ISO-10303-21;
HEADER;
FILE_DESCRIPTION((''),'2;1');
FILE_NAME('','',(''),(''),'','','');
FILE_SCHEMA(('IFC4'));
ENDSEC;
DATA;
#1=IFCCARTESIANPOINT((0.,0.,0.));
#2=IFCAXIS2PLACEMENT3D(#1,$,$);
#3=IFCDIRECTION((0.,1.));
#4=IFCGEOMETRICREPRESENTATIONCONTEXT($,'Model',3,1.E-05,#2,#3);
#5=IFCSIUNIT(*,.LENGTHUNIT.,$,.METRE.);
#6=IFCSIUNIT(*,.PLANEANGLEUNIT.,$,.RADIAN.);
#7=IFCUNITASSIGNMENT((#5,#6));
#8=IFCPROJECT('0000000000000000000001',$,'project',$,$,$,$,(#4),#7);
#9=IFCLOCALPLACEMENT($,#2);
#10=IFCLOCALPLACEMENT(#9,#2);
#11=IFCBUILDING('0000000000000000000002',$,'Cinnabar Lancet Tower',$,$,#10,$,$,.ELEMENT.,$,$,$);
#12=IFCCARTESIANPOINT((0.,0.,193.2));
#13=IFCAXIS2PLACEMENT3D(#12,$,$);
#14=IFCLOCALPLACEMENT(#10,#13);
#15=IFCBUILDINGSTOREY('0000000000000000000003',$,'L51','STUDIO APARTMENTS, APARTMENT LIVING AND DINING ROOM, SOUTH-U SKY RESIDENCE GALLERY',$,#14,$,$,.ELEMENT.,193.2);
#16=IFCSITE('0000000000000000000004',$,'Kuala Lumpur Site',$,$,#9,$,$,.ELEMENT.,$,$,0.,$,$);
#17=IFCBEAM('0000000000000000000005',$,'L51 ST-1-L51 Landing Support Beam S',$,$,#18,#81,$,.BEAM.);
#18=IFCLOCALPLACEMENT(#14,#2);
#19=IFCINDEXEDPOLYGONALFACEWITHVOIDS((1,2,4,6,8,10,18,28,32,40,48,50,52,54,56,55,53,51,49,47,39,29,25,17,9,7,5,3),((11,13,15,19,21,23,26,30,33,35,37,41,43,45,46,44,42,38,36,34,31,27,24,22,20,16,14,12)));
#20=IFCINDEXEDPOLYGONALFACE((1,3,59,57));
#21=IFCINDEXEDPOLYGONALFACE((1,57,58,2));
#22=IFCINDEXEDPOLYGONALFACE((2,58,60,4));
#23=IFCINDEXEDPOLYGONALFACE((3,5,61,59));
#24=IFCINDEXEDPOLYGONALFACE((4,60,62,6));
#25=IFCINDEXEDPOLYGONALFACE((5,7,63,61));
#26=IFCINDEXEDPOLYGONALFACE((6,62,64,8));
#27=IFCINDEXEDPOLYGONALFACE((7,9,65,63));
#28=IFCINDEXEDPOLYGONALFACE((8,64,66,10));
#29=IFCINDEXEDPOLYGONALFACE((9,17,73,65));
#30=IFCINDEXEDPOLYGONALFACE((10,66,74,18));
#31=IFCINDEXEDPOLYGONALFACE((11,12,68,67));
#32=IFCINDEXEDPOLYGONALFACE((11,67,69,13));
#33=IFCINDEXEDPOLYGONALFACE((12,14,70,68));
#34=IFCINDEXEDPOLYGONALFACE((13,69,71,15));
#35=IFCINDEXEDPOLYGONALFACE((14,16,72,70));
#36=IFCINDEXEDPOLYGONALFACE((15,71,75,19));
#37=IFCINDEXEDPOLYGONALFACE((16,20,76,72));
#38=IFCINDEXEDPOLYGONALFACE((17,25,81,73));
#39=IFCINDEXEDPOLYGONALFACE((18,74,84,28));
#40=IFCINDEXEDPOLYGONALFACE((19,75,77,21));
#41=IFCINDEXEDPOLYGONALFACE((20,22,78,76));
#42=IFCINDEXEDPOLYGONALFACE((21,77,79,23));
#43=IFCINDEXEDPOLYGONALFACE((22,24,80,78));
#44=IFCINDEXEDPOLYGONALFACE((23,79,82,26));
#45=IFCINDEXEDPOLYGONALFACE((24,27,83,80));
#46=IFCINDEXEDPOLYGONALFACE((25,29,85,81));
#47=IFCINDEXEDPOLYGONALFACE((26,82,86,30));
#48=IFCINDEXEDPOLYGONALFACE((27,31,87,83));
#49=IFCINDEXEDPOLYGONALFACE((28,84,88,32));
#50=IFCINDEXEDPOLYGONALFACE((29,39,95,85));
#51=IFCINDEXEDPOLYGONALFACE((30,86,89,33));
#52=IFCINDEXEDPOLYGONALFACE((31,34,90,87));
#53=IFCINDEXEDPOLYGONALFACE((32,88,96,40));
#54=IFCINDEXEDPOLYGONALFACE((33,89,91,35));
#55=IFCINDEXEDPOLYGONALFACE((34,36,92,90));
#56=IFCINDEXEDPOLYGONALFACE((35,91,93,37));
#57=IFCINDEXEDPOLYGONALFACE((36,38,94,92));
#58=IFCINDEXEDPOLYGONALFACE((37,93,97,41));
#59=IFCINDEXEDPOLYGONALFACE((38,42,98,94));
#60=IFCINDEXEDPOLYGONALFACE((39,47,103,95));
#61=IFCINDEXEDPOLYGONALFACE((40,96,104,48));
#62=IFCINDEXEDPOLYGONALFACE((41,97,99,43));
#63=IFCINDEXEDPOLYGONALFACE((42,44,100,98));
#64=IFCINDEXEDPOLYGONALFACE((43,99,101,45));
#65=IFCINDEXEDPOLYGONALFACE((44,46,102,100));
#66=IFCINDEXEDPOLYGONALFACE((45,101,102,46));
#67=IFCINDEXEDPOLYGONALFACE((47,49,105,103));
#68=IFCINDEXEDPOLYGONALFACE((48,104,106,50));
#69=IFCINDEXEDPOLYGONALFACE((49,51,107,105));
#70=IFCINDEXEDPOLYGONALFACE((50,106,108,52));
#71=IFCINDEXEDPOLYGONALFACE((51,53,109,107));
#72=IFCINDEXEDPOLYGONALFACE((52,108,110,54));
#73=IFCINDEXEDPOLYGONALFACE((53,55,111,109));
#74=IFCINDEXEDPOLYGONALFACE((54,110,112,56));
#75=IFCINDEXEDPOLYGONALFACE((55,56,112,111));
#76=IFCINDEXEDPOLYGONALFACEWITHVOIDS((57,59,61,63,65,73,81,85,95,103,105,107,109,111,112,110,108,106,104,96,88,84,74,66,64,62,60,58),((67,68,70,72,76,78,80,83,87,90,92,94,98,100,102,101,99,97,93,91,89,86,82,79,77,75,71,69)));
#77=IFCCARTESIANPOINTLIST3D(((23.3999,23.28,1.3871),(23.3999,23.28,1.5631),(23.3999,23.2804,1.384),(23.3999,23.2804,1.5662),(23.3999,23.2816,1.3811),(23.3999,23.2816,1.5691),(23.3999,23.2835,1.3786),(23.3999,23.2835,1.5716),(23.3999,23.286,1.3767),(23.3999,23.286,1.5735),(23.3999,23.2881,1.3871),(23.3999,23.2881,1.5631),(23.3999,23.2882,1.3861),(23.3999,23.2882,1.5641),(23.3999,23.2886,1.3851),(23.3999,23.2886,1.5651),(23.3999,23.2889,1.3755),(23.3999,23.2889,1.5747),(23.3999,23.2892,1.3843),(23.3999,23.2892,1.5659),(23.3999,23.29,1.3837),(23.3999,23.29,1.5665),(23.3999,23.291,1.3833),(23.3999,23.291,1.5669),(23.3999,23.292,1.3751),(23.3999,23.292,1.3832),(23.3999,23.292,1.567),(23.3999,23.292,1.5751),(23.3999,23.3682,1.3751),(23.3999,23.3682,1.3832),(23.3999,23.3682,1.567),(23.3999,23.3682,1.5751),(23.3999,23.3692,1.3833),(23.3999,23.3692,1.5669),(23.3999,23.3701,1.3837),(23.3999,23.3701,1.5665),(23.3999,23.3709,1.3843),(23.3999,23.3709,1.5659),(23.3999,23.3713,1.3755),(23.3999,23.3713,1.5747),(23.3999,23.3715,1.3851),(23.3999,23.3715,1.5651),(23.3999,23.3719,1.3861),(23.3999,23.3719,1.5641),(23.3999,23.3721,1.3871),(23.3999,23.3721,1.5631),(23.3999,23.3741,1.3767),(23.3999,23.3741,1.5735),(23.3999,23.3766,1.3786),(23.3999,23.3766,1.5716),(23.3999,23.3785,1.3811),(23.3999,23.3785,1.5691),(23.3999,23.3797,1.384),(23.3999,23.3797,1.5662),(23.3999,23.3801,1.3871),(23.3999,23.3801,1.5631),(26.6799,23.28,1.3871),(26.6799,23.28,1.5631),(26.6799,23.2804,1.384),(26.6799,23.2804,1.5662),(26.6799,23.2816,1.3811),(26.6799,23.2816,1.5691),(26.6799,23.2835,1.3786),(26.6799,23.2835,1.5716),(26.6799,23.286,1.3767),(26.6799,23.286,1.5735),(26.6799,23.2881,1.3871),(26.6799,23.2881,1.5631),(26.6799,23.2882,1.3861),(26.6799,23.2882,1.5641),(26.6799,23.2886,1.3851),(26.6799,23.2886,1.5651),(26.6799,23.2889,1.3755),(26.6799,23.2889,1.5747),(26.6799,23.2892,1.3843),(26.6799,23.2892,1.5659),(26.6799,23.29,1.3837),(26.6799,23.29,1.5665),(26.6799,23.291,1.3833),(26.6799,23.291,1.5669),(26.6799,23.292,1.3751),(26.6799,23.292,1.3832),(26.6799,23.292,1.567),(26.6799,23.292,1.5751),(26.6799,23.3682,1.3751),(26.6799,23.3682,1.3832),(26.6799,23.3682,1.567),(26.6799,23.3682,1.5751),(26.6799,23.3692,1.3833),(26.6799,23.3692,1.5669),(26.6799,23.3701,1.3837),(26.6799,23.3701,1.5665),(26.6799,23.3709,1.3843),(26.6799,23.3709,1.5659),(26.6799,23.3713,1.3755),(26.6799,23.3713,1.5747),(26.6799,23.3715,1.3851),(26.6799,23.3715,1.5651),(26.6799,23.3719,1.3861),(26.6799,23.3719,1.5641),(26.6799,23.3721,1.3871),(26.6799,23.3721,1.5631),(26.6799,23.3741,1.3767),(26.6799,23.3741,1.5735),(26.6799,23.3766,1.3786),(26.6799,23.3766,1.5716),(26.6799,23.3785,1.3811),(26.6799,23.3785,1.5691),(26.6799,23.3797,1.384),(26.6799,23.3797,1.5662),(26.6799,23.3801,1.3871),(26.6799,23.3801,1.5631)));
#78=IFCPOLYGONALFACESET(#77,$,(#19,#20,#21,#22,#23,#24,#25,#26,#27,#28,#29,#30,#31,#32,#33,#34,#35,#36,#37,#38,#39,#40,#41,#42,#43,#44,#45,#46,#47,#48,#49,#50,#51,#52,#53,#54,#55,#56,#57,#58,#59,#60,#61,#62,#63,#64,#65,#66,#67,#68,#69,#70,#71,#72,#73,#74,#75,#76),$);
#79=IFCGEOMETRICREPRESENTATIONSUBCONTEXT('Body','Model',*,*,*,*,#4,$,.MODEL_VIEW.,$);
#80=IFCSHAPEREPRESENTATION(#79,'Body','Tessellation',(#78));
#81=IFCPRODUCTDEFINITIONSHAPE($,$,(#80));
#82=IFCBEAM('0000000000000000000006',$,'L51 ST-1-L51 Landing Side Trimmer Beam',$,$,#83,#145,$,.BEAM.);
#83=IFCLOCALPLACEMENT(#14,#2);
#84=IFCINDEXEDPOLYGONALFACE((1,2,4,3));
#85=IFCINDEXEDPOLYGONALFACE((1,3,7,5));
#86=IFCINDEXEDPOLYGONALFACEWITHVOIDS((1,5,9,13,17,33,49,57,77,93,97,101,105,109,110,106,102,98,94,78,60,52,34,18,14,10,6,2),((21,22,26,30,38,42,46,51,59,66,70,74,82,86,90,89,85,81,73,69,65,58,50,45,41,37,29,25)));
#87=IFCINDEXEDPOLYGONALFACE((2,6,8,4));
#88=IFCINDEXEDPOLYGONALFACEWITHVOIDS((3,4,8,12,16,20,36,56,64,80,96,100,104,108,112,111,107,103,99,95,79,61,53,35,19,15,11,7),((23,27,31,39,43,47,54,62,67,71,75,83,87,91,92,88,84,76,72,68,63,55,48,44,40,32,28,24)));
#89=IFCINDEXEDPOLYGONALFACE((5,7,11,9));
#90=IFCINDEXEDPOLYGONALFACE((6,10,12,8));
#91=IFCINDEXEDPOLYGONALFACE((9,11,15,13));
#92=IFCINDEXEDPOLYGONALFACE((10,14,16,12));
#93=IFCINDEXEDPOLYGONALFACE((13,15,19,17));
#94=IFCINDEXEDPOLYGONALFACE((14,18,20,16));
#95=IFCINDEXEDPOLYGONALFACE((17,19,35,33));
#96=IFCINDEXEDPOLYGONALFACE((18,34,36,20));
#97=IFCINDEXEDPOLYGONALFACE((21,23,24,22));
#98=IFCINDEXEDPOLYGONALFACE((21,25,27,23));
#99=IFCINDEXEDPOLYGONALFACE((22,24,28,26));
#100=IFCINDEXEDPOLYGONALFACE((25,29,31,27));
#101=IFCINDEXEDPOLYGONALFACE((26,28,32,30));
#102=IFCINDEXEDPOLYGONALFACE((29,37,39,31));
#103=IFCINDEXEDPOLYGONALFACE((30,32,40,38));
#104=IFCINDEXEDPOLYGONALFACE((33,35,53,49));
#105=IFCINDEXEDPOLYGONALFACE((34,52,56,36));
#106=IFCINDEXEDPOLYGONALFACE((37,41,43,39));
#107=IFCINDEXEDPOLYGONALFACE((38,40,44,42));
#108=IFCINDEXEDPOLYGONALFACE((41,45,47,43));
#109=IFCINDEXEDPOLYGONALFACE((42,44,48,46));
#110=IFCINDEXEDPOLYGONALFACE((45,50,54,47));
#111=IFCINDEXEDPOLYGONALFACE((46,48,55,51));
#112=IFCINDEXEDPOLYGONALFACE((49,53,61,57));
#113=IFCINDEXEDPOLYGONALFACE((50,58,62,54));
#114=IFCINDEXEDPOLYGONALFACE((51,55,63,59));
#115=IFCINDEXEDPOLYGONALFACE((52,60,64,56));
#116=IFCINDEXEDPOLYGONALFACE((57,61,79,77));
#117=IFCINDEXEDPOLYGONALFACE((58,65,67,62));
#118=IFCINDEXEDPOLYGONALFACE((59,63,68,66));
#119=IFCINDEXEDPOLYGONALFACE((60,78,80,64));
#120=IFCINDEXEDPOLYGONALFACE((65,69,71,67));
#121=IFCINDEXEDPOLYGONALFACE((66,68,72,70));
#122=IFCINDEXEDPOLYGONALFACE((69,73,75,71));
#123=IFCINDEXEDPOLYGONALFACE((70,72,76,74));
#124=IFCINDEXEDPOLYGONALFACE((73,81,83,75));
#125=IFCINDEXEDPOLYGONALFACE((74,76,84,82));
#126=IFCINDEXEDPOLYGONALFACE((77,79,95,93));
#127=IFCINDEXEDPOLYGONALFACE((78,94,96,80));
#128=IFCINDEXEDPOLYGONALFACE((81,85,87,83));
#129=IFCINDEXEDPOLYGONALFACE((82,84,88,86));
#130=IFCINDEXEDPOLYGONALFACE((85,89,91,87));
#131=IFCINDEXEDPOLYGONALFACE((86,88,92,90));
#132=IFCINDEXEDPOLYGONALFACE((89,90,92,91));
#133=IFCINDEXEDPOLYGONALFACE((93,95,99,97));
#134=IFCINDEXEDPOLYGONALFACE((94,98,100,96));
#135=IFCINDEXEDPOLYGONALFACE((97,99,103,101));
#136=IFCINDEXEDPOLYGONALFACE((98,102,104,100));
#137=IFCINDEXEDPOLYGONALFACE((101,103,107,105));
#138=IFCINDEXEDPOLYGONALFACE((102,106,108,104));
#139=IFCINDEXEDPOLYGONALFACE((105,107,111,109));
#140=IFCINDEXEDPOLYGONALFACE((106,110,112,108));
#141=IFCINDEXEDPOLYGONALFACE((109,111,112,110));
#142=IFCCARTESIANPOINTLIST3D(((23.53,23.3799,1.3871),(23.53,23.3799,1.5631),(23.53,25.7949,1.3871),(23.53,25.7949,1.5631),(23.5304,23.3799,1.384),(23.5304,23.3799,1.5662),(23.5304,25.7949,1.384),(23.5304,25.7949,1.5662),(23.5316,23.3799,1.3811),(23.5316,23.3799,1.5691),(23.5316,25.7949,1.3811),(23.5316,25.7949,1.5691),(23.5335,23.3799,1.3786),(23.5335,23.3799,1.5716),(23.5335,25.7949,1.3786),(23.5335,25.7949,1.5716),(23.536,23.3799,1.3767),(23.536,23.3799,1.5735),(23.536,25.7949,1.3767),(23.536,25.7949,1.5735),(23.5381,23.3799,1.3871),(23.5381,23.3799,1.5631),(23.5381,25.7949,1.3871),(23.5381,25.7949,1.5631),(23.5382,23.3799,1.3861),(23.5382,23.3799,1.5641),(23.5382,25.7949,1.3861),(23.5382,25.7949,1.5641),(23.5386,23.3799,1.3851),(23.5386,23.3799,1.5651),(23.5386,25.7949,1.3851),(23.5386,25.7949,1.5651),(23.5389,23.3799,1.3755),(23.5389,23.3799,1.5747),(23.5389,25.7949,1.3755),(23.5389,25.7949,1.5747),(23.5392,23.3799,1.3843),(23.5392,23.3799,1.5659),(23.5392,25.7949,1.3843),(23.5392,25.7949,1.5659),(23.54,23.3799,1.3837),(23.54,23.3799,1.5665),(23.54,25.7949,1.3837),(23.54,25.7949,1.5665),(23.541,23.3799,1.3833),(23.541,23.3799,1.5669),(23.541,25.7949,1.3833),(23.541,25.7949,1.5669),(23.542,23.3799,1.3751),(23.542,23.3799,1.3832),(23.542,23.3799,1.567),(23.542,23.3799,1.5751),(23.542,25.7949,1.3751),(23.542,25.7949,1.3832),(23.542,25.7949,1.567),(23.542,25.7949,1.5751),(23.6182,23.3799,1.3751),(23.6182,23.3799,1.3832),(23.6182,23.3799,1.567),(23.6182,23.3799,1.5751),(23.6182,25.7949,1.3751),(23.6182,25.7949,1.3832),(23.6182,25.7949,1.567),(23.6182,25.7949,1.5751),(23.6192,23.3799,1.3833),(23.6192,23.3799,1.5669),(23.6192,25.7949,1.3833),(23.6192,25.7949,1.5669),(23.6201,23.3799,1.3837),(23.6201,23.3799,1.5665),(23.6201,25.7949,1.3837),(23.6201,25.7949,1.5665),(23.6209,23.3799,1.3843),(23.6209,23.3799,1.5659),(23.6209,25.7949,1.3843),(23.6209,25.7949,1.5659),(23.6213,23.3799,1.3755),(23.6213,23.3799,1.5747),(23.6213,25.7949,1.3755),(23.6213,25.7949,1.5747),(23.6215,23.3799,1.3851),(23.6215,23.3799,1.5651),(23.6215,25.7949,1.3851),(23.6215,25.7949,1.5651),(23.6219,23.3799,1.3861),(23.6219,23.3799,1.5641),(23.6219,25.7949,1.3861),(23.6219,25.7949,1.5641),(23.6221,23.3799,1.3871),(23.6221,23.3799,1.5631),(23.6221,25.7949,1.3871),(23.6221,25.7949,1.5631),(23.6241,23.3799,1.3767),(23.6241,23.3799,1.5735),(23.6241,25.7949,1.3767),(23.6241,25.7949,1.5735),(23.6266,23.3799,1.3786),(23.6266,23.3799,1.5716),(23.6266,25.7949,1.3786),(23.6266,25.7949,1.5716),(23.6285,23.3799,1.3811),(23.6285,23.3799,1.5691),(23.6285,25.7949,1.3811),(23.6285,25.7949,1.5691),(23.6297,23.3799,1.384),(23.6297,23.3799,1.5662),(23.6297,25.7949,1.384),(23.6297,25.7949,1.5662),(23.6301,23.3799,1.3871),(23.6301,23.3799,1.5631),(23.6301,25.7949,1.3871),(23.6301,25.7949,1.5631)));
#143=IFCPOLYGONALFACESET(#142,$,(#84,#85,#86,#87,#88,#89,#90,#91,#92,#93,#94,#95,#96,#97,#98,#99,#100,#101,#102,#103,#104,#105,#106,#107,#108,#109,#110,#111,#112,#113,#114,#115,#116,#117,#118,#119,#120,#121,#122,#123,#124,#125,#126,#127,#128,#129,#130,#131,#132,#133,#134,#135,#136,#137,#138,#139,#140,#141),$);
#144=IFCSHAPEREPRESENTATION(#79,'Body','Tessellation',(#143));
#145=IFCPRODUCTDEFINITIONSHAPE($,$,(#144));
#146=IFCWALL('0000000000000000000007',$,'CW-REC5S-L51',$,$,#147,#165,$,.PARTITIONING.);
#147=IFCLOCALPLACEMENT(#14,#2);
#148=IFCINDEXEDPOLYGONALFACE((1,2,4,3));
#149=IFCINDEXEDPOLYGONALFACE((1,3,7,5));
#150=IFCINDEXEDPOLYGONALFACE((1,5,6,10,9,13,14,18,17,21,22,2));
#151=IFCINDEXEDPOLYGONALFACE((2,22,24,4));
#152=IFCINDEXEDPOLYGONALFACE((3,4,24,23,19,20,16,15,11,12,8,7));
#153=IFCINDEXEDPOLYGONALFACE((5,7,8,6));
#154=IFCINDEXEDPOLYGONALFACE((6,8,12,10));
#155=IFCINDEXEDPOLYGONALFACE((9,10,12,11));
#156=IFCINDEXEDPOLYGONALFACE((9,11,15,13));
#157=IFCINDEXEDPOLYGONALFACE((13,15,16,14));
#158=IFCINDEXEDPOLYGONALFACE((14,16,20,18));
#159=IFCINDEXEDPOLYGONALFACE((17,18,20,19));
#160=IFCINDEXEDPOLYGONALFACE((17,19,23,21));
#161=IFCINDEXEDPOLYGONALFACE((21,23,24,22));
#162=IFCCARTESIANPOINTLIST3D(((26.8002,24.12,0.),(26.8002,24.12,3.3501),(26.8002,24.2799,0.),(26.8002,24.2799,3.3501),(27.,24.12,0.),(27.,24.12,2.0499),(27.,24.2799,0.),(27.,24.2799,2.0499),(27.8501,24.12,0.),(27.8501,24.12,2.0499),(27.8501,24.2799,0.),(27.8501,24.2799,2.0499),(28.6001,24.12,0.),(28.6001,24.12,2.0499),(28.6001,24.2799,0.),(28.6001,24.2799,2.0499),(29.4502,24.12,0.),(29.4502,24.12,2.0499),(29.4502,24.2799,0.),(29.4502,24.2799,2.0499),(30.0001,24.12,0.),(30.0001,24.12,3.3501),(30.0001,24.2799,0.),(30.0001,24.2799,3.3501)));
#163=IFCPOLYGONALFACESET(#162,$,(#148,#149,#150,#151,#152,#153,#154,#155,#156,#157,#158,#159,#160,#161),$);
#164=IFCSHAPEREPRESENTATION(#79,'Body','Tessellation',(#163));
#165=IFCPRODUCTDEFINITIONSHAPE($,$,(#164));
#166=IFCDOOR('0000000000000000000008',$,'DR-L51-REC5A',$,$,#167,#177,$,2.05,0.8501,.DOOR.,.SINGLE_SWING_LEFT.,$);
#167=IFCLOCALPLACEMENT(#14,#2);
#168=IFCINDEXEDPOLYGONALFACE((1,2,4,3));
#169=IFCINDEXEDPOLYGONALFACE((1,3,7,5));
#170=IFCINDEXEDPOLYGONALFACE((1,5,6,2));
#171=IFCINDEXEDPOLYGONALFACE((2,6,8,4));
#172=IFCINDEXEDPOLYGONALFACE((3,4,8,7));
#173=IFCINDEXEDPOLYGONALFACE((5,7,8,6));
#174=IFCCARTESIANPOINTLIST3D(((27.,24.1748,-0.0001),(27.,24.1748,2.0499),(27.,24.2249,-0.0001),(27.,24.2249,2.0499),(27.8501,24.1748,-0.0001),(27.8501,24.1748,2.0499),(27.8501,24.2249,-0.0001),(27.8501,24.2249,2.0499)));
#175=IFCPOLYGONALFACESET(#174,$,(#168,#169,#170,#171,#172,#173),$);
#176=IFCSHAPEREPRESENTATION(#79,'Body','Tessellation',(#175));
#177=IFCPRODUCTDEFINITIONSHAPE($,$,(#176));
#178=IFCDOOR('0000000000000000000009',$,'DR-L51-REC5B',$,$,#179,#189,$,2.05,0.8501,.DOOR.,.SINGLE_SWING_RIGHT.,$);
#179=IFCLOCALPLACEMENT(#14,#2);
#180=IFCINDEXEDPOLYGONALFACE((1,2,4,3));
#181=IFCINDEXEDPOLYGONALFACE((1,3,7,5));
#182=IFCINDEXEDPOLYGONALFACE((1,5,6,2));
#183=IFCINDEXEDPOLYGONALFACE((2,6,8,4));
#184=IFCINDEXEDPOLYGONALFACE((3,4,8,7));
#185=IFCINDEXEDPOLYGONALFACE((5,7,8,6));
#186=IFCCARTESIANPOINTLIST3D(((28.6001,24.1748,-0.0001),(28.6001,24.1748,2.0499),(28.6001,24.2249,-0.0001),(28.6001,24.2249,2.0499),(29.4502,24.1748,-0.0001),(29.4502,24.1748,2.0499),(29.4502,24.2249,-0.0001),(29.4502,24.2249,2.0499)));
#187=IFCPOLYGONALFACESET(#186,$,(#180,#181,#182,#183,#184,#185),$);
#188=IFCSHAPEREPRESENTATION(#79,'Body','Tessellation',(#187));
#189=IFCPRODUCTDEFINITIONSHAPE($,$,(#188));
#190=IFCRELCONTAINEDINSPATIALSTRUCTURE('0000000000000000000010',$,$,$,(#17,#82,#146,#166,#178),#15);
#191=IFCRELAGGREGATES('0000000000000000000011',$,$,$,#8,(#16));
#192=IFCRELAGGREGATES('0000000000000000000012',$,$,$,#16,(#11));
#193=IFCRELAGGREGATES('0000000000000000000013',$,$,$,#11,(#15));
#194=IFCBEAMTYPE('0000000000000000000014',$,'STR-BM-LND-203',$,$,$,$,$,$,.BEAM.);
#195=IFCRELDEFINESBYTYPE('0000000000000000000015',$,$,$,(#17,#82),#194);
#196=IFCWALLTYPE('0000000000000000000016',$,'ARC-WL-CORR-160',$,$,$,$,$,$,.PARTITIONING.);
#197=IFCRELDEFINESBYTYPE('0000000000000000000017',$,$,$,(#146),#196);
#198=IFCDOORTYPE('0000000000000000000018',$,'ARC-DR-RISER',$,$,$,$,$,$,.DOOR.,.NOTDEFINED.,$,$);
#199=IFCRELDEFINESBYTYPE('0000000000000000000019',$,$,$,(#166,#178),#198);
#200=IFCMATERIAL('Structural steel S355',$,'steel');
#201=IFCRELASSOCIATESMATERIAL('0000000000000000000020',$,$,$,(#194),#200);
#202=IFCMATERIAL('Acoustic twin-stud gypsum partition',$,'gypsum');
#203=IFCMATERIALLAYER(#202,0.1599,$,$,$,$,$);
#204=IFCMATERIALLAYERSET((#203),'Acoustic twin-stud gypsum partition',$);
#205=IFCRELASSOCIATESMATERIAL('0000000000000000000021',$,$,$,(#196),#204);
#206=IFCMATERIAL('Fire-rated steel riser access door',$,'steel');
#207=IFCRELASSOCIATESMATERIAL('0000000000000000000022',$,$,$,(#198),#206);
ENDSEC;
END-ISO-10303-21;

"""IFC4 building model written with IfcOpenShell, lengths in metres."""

from ifc_helpers import new_model, si_unit, direction, frame, frame_2d, origin, origin_2d, place, context, subcontext, project, spatial, rectangle, hollow_rectangle, extrude, material, layer, layer_set, material_profile, profile_set, type_object, element, fill, save


model = new_model("IFC4")

# Units and contexts
model_context = context("Model", 3, precision=1e-05, world=origin(), true_north=direction((0.0, 1.0)))
body_context = subcontext(model_context, "Body", "Model", "MODEL_VIEW")
ifc_project = project(units=[si_unit("LENGTHUNIT", "METRE"), si_unit("PLANEANGLEUNIT", "RADIAN")], contexts=[model_context])

# Site, building, storey
site_placement = place(None, origin())
site = spatial("IfcSite", under=ifc_project, at=site_placement, Name="Kuala Lumpur Site", CompositionType="ELEMENT", RefElevation=0.0)
building_placement = place(site_placement, origin())
building = spatial("IfcBuilding", under=site, at=building_placement, Name="Cinnabar Lancet Tower", CompositionType="ELEMENT")
storey_placement = place(building_placement, frame((0.0, 0.0, 193.2)))
storey = spatial("IfcBuildingStorey", under=building, at=storey_placement, Name="L51", Description="STUDIO APARTMENTS, APARTMENT LIVING AND DINING ROOM, SOUTH-U SKY RESIDENCE GALLERY", CompositionType="ELEMENT", Elevation=193.2)

# Beams
ifc_material_1 = material(Name="Structural steel S355", Category="steel")
ifc_material_profile_1 = material_profile(ifc_material_1, hollow_rectangle(XDim=0.1001, YDim=0.2, WallThickness=0.0081, InnerFilletRadius=0.0039, OuterFilletRadius=0.012, at=origin_2d()), Name="RHS 200x100x8")
ifc_profile_set_1 = profile_set([ifc_material_profile_1], Name="Structural steel S355")
beam_type_1 = type_object("IfcBeamType", Name="STR-BM-LND-203", PredefinedType="BEAM", material=ifc_profile_set_1)
beam_1_placement = place(storey_placement, frame((23.3999, 23.3301, 1.4751), z_axis=(1.0, 0.0, 0.0), x_axis=(0.0, 1.0, 0.0)))
element("IfcBeam", 1, at=beam_1_placement, inside=storey, type_object=beam_type_1, Name="L51 ST-1-L51 Landing Support Beam S", PredefinedType="BEAM", context=body_context, shape_type="SweptSolid", body=[
    extrude(hollow_rectangle(XDim=0.1001, YDim=0.2, WallThickness=0.0081, InnerFilletRadius=0.0039, OuterFilletRadius=0.012, at=origin_2d()), origin(), (0.0, 0.0, 1.0), 3.28),
])
beam_2_placement = place(storey_placement, frame((23.5801, 23.3799, 1.4751), z_axis=(0.0, 1.0, 0.0), x_axis=(-1.0, 0.0, 0.0)))
element("IfcBeam", 2, at=beam_2_placement, inside=storey, type_object=beam_type_1, Name="L51 ST-1-L51 Landing Side Trimmer Beam", PredefinedType="BEAM", context=body_context, shape_type="SweptSolid", body=[
    extrude(hollow_rectangle(XDim=0.1001, YDim=0.2, WallThickness=0.0081, InnerFilletRadius=0.0039, OuterFilletRadius=0.012, at=origin_2d()), origin(), (0.0, 0.0, 1.0), 2.415),
])

# Wall, openings, doors
ifc_material_2 = material(Name="Acoustic twin-stud gypsum partition", Category="gypsum")
ifc_layer_1 = layer(ifc_material_2, 0.1599)
ifc_layer_set_1 = layer_set([ifc_layer_1], Name="Acoustic twin-stud gypsum partition")
wall_type_1 = type_object("IfcWallType", Name="ARC-WL-CORR-160", PredefinedType="PARTITIONING", material=ifc_layer_set_1)
wall_1_placement = place(storey_placement, frame((26.8, 24.2, 0.0), z_axis=(0.0, 0.0, 1.0), x_axis=(1.0, 0.0, 0.0)))
wall_1 = element("IfcWall", 3, at=wall_1_placement, inside=storey, type_object=wall_type_1, Name="CW-REC5S-L51", PredefinedType="PARTITIONING", context=body_context, shape_type="SweptSolid", body=[
    extrude(rectangle(XDim=3.2, YDim=0.1599, at=frame_2d((1.6001, 0.0))), origin(), (0.0, 0.0, 1.0), 3.3501),
])
opening_1_placement = place(wall_1_placement, frame((0.2, 0.0, 0.0)))
opening_1 = element("IfcOpeningElement", 4, at=opening_1_placement, cuts=wall_1, PredefinedType="OPENING", context=body_context, shape_type="SweptSolid", body=[
    extrude(rectangle(XDim=0.8501, YDim=2.05, at=frame_2d((0.425, 1.0249))), frame((0.0, 0.0898, 0.0), z_axis=(0.0, -1.0, 0.0), x_axis=(1.0, 0.0, 0.0)), (0.0, 0.0, 1.0), 0.1799),
])
opening_2_placement = place(wall_1_placement, frame((1.8, 0.0, 0.0)))
opening_2 = element("IfcOpeningElement", 5, at=opening_2_placement, cuts=wall_1, PredefinedType="OPENING", context=body_context, shape_type="SweptSolid", body=[
    extrude(rectangle(XDim=0.8501, YDim=2.05, at=frame_2d((0.425, 1.0249))), frame((0.0, 0.0898, 0.0), z_axis=(0.0, -1.0, 0.0), x_axis=(1.0, 0.0, 0.0)), (0.0, 0.0, 1.0), 0.1799),
])
ifc_material_3 = material(Name="Fire-rated steel riser access door", Category="steel")
door_type_1 = type_object("IfcDoorType", Name="ARC-DR-RISER", OperationType="NOTDEFINED", PredefinedType="DOOR", material=ifc_material_3)
door_1_placement = place(opening_1_placement, origin())
door_1 = element("IfcDoor", 6, at=door_1_placement, inside=storey, type_object=door_type_1, Name="DR-L51-REC5A", OperationType="SINGLE_SWING_LEFT", OverallHeight=2.05, OverallWidth=0.8501, PredefinedType="DOOR", context=body_context, shape_type="SweptSolid", body=[
    extrude(rectangle(XDim=0.8501, YDim=2.05, at=frame_2d((0.425, 1.0249))), frame((0.0, 0.0249, 0.0), z_axis=(0.0, -1.0, 0.0), x_axis=(1.0, 0.0, 0.0)), (0.0, 0.0, 1.0), 0.05),
])
fill(opening_1, door_1)
door_2_placement = place(opening_2_placement, origin())
door_2 = element("IfcDoor", 7, at=door_2_placement, inside=storey, type_object=door_type_1, Name="DR-L51-REC5B", OperationType="SINGLE_SWING_RIGHT", OverallHeight=2.05, OverallWidth=0.8501, PredefinedType="DOOR", context=body_context, shape_type="SweptSolid", body=[
    extrude(rectangle(XDim=0.8501, YDim=2.05, at=frame_2d((0.425, 1.0249))), frame((0.0, 0.0249, 0.0), z_axis=(0.0, -1.0, 0.0), x_axis=(1.0, 0.0, 0.0)), (0.0, 0.0, 1.0), 0.05),
])
fill(opening_2, door_2)

save(model, "model.ifc")
